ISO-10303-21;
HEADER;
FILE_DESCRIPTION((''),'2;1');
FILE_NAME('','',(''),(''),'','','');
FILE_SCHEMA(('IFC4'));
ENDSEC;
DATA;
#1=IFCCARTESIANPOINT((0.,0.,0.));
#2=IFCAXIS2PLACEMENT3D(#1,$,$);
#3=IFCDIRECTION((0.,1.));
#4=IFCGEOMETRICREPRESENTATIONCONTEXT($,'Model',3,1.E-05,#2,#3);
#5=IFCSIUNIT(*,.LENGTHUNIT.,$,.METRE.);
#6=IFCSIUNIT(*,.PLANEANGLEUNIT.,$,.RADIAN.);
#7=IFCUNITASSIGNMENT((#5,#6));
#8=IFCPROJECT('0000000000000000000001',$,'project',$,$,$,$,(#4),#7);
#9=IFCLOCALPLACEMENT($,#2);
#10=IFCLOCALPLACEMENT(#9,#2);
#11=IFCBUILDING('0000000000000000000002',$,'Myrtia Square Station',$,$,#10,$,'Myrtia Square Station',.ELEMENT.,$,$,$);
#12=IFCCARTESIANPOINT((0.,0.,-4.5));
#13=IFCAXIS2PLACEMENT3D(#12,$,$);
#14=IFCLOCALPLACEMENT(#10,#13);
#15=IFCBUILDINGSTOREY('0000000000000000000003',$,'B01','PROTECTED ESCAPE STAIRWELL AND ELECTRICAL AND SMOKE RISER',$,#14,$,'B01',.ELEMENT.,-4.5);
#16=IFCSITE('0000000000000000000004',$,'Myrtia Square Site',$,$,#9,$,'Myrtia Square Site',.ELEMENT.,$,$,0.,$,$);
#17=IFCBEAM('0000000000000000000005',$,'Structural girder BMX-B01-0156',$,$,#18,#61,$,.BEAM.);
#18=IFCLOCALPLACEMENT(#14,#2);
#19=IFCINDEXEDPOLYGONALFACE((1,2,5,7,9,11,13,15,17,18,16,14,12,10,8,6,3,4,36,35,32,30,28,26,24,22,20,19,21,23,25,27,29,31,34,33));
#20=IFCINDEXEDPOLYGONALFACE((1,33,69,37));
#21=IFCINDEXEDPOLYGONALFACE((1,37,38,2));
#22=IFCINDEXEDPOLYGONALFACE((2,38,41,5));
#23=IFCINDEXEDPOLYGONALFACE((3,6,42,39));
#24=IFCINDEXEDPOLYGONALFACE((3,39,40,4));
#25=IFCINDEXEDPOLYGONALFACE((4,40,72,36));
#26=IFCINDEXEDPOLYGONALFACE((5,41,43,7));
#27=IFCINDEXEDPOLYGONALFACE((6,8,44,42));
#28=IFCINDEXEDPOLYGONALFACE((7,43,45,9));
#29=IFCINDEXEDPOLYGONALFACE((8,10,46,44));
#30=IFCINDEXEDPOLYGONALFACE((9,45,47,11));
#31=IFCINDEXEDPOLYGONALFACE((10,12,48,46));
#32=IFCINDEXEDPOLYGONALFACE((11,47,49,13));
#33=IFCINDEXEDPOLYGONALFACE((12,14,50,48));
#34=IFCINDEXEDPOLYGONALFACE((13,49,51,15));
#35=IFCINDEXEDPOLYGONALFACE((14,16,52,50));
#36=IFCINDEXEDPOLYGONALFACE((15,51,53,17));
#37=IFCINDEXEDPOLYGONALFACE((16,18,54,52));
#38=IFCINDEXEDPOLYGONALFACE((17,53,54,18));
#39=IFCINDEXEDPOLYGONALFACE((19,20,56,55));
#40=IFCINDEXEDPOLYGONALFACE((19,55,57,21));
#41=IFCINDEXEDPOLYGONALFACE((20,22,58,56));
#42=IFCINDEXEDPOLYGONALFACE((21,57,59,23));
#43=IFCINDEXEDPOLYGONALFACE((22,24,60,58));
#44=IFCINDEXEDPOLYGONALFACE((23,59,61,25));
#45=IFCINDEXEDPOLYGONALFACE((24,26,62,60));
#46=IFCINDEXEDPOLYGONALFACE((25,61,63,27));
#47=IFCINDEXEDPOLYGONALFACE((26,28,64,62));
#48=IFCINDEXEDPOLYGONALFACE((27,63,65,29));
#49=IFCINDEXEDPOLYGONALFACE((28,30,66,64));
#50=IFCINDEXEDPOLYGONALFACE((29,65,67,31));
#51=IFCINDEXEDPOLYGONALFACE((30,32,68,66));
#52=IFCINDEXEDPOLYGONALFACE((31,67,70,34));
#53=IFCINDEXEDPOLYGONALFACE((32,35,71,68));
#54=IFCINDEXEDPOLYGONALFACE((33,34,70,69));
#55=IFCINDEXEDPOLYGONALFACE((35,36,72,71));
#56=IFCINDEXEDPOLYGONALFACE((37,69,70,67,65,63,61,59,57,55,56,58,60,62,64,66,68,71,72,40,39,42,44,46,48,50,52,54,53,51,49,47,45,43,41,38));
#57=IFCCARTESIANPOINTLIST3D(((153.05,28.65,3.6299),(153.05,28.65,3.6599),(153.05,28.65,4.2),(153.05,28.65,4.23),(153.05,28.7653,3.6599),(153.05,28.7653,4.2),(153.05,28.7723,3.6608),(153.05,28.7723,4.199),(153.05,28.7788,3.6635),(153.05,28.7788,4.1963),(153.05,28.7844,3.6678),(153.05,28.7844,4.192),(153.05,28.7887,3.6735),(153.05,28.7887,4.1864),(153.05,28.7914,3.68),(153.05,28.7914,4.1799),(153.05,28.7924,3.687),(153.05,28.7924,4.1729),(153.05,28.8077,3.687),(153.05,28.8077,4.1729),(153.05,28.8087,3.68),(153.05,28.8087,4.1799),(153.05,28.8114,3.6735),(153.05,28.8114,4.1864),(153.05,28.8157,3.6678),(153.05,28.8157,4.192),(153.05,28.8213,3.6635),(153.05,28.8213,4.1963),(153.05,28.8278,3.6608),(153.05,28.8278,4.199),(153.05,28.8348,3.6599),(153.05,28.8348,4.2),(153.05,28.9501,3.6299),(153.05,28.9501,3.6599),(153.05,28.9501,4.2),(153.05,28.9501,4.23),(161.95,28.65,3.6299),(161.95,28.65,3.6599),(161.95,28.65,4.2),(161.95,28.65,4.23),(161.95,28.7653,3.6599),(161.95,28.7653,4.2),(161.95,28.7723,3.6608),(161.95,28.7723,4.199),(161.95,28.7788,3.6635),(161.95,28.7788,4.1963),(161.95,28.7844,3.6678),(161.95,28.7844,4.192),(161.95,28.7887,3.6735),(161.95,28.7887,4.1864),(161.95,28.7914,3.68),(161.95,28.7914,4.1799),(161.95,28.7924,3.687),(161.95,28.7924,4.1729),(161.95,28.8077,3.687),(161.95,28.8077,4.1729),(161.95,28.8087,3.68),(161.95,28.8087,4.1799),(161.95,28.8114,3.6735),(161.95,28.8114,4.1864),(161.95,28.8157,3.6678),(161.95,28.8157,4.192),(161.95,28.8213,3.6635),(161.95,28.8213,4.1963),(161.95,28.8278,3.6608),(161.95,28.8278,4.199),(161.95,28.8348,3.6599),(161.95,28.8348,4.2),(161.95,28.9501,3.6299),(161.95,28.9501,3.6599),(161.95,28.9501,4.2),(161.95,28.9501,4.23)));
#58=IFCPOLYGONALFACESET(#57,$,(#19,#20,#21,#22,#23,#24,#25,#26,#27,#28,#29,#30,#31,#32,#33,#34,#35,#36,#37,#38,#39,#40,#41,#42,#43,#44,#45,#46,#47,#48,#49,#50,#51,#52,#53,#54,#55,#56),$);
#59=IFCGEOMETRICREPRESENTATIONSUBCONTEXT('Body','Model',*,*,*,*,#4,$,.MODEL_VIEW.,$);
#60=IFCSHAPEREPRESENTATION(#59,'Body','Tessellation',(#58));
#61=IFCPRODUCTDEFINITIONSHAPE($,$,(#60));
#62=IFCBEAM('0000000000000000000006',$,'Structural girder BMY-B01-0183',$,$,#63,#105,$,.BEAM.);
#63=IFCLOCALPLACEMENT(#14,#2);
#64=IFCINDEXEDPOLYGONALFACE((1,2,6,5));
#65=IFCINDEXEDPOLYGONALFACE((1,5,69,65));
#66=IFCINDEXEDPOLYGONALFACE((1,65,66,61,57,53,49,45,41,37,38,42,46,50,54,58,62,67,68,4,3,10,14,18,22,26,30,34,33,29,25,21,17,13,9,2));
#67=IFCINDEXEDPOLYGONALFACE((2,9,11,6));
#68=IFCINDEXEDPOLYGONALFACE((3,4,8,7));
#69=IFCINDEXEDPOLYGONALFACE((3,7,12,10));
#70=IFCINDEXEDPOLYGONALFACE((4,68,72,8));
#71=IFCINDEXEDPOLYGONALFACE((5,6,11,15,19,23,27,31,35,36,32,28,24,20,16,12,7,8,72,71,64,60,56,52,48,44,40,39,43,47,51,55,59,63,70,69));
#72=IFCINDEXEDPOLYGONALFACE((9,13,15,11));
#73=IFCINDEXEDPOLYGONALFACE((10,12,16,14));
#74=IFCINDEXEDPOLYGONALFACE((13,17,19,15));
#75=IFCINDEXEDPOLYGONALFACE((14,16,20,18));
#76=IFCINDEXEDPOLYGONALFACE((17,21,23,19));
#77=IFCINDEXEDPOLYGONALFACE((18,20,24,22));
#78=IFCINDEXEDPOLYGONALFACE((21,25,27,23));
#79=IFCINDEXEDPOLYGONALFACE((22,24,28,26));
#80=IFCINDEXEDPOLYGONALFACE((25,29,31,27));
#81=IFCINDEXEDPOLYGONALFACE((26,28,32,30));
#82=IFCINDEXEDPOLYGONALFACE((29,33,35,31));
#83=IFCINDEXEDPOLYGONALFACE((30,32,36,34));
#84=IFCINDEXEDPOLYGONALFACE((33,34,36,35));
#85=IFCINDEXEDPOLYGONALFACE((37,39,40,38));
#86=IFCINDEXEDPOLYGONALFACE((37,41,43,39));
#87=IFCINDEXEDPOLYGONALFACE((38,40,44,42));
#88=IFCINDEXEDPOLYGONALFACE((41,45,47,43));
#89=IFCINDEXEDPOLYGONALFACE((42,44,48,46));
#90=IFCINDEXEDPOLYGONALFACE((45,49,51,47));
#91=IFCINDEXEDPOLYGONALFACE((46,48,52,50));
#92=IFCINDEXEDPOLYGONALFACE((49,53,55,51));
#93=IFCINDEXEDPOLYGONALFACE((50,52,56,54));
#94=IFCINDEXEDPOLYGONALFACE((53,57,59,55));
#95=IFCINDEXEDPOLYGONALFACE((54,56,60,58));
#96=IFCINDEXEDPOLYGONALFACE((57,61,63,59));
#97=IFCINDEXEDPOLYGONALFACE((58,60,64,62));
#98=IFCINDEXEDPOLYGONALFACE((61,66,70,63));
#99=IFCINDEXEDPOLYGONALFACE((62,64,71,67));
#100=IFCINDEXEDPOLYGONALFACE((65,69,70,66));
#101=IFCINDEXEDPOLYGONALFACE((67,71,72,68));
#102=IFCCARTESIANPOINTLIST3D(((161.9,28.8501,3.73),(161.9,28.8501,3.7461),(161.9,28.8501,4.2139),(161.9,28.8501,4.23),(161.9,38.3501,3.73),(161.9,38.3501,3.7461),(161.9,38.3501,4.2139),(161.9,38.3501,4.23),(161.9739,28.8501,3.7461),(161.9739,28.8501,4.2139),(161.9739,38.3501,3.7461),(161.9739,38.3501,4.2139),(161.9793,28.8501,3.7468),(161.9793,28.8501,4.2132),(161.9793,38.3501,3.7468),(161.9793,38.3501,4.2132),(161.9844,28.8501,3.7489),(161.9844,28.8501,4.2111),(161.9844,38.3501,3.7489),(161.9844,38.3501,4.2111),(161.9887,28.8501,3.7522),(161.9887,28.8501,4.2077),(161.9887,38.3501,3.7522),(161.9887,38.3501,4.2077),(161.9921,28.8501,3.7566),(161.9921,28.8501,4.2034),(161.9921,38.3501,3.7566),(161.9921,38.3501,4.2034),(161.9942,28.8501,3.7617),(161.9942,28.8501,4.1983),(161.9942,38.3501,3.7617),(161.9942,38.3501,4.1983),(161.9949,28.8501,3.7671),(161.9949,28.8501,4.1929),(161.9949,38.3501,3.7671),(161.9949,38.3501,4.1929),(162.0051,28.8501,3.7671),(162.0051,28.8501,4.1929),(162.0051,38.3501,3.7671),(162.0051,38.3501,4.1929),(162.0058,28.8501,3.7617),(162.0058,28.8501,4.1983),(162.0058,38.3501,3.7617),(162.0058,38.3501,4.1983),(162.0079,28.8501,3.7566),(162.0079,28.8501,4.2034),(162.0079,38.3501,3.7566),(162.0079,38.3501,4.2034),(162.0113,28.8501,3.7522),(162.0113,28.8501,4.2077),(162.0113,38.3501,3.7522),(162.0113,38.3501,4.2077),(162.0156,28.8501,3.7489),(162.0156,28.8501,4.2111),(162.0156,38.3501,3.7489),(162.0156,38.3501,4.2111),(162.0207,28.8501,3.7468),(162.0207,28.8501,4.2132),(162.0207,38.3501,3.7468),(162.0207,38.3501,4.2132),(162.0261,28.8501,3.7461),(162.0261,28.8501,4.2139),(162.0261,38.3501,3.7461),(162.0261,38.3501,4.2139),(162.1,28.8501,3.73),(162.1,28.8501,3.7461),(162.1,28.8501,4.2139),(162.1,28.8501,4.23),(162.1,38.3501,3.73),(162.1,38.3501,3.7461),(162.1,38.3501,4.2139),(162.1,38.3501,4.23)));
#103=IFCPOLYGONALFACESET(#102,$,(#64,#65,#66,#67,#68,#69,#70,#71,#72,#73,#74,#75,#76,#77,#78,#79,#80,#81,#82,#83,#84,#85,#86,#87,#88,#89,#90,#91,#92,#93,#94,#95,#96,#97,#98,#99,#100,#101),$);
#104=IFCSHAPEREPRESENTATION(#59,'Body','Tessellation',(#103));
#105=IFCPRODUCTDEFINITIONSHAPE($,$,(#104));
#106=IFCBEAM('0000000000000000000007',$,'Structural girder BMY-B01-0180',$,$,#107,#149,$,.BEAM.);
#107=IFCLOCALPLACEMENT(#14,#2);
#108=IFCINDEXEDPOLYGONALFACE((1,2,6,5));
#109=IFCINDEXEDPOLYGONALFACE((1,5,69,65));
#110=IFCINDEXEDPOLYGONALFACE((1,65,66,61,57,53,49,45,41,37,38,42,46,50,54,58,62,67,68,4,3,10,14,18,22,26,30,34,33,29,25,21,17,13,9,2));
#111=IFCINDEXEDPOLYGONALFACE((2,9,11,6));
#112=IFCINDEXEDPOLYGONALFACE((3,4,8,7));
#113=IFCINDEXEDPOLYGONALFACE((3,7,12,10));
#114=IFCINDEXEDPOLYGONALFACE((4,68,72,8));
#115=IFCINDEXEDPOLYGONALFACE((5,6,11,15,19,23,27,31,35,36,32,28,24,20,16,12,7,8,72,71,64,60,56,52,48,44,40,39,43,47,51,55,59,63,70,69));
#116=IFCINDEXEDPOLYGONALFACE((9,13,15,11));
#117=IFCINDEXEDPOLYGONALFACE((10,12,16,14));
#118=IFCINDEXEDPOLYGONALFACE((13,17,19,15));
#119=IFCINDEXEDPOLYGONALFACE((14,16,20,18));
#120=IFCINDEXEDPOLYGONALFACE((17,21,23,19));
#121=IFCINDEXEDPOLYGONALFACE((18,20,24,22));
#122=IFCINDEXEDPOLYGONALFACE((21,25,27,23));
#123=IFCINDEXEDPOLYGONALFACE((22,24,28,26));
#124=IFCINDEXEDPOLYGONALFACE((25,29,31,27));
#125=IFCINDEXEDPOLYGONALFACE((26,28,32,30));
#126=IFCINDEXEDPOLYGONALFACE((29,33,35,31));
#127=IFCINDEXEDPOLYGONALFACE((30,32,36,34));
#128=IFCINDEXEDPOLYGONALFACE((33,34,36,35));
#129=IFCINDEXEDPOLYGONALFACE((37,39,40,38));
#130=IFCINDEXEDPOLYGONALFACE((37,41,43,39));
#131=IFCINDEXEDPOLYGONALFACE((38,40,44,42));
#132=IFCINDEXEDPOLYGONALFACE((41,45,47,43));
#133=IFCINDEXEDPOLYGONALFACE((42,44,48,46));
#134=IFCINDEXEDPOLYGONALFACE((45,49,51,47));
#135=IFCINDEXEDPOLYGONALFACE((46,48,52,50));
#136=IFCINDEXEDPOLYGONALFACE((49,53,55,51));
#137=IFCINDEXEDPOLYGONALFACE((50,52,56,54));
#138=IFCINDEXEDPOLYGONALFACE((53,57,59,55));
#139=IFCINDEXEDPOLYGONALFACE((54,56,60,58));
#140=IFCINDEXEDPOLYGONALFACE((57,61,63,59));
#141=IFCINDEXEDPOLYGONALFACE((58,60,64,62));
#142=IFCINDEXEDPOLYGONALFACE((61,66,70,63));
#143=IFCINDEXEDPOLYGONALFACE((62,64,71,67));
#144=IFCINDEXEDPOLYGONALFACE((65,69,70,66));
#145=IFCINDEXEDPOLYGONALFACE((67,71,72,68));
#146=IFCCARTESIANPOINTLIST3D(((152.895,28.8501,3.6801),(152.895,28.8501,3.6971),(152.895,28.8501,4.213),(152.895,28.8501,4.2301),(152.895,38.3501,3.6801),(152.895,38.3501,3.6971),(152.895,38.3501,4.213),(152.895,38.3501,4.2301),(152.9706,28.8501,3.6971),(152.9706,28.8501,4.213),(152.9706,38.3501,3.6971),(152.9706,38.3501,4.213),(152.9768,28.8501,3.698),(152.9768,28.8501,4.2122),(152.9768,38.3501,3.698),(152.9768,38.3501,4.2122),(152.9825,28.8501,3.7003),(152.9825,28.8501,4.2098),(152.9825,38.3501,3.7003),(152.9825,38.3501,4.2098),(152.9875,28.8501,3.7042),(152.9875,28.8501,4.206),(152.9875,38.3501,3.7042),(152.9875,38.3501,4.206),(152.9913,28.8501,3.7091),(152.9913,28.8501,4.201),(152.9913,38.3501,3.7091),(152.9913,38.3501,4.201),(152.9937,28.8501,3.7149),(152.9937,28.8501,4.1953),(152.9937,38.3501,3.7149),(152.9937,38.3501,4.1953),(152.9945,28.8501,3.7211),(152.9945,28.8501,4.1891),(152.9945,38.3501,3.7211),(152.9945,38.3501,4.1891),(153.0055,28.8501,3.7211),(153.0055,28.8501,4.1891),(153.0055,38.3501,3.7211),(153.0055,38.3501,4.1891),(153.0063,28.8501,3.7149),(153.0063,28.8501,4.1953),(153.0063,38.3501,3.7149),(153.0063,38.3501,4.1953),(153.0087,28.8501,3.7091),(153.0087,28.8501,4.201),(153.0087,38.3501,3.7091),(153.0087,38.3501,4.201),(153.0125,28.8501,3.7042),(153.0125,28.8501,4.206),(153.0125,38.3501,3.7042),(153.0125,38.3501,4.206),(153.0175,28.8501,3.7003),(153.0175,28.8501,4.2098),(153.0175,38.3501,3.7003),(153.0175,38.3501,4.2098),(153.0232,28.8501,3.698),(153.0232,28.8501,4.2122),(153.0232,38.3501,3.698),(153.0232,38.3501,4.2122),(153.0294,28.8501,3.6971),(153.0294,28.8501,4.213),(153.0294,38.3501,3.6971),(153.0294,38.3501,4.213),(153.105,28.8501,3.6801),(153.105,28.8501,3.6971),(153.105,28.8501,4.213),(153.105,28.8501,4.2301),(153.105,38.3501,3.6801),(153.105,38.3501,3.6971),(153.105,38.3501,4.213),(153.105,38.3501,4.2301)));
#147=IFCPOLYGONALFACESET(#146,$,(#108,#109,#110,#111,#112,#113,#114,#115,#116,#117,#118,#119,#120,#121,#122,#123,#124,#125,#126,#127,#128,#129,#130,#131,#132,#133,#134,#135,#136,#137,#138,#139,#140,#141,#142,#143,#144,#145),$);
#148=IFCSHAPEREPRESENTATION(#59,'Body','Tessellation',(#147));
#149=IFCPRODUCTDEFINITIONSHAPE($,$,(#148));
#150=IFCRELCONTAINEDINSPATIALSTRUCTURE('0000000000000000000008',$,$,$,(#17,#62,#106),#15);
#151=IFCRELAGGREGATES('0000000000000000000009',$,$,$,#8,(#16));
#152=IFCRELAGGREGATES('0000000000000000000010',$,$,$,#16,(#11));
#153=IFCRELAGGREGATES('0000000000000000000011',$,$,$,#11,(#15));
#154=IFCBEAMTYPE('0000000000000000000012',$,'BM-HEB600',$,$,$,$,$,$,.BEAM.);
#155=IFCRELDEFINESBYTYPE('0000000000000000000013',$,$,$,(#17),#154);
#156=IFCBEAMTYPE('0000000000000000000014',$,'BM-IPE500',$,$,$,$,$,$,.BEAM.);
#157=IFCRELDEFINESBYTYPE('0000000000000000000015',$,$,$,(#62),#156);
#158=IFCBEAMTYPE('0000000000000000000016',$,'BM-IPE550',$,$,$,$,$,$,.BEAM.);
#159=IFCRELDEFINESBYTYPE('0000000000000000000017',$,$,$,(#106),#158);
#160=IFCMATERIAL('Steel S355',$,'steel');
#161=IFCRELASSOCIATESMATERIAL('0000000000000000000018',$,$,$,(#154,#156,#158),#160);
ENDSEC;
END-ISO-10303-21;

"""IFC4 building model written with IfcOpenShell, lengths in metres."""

from ifc_helpers import new_model, si_unit, direction, frame, origin, origin_2d, place, context, subcontext, project, spatial, i_section, extrude, material, material_profile, profile_set, type_object, element, save


model = new_model("IFC4")

# Units and contexts
model_context = context("Model", 3, precision=1e-05, world=origin(), true_north=direction((0.0, 1.0)))
body_context = subcontext(model_context, "Body", "Model", "MODEL_VIEW")
ifc_project = project(units=[si_unit("LENGTHUNIT", "METRE"), si_unit("PLANEANGLEUNIT", "RADIAN")], contexts=[model_context])

# Site, building, storey
site_placement = place(None, origin())
site = spatial("IfcSite", under=ifc_project, at=site_placement, Name="Myrtia Square Site", LongName="Myrtia Square Site", CompositionType="ELEMENT", RefElevation=0.0)
building_placement = place(site_placement, origin())
building = spatial("IfcBuilding", under=site, at=building_placement, Name="Myrtia Square Station", LongName="Myrtia Square Station", CompositionType="ELEMENT")
storey_placement = place(building_placement, frame((0.0, 0.0, -4.5)))
storey = spatial("IfcBuildingStorey", under=building, at=storey_placement, Name="B01", Description="PROTECTED ESCAPE STAIRWELL AND ELECTRICAL AND SMOKE RISER", LongName="B01", CompositionType="ELEMENT", Elevation=-4.5)

# Shared definitions
ifc_material_1 = material(Name="Steel S355", Category="steel")

# Beams
ifc_material_profile_1 = material_profile(ifc_material_1, i_section(OverallWidth=0.3, OverallDepth=0.6001, WebThickness=0.0154, FlangeThickness=0.03, FilletRadius=0.0271, at=origin_2d()), Name="HEB 600")
ifc_profile_set_1 = profile_set([ifc_material_profile_1], Name="Steel S355")
beam_type_1 = type_object("IfcBeamType", Name="BM-HEB600", PredefinedType="BEAM", material=ifc_profile_set_1)
for number, where, z_axis, x_axis, name in (
    (1, (153.05, 28.8, 3.9299), (1.0, 0.0, 0.0), (0.0, 1.0, 0.0), "Structural girder BMX-B01-0156"),
):
    element("IfcBeam", number, at=place(storey_placement, frame(where, z_axis=z_axis, x_axis=x_axis)), inside=storey, type_object=beam_type_1, Name=name, PredefinedType="BEAM", context=body_context, shape_type="SweptSolid", body=[
        extrude(i_section(OverallWidth=0.3, OverallDepth=0.6001, WebThickness=0.0154, FlangeThickness=0.03, FilletRadius=0.0271, at=origin_2d()), origin(), (0.0, 0.0, 1.0), 8.8999),
    ])
ifc_material_profile_2 = material_profile(ifc_material_1, i_section(OverallWidth=0.2, OverallDepth=0.5, WebThickness=0.0103, FlangeThickness=0.0161, FilletRadius=0.021, at=origin_2d()), Name="IPE 500")
ifc_profile_set_2 = profile_set([ifc_material_profile_2], Name="Steel S355")
beam_type_2 = type_object("IfcBeamType", Name="BM-IPE500", PredefinedType="BEAM", material=ifc_profile_set_2)
beam_1_placement = place(storey_placement, frame((162.0, 28.8501, 3.98), z_axis=(0.0, 1.0, 0.0), x_axis=(-1.0, 0.0, 0.0)))
element("IfcBeam", 2, at=beam_1_placement, inside=storey, type_object=beam_type_2, Name="Structural girder BMY-B01-0183", PredefinedType="BEAM", context=body_context, shape_type="SweptSolid", body=[
    extrude(i_section(OverallWidth=0.2, OverallDepth=0.5, WebThickness=0.0103, FlangeThickness=0.0161, FilletRadius=0.021, at=origin_2d()), origin(), (0.0, 0.0, 1.0), 9.5),
])
ifc_material_profile_3 = material_profile(ifc_material_1, i_section(OverallWidth=0.21, OverallDepth=0.55, WebThickness=0.011, FlangeThickness=0.0171, FilletRadius=0.0239, at=origin_2d()), Name="IPE 550")
ifc_profile_set_3 = profile_set([ifc_material_profile_3], Name="Steel S355")
beam_type_3 = type_object("IfcBeamType", Name="BM-IPE550", PredefinedType="BEAM", material=ifc_profile_set_3)
beam_2_placement = place(storey_placement, frame((153.0, 28.8501, 3.9551), z_axis=(0.0, 1.0, 0.0), x_axis=(-1.0, 0.0, 0.0)))
element("IfcBeam", 3, at=beam_2_placement, inside=storey, type_object=beam_type_3, Name="Structural girder BMY-B01-0180", PredefinedType="BEAM", context=body_context, shape_type="SweptSolid", body=[
    extrude(i_section(OverallWidth=0.21, OverallDepth=0.55, WebThickness=0.011, FlangeThickness=0.0171, FilletRadius=0.0239, at=origin_2d()), origin(), (0.0, 0.0, 1.0), 9.5),
])

save(model, "model.ifc")
